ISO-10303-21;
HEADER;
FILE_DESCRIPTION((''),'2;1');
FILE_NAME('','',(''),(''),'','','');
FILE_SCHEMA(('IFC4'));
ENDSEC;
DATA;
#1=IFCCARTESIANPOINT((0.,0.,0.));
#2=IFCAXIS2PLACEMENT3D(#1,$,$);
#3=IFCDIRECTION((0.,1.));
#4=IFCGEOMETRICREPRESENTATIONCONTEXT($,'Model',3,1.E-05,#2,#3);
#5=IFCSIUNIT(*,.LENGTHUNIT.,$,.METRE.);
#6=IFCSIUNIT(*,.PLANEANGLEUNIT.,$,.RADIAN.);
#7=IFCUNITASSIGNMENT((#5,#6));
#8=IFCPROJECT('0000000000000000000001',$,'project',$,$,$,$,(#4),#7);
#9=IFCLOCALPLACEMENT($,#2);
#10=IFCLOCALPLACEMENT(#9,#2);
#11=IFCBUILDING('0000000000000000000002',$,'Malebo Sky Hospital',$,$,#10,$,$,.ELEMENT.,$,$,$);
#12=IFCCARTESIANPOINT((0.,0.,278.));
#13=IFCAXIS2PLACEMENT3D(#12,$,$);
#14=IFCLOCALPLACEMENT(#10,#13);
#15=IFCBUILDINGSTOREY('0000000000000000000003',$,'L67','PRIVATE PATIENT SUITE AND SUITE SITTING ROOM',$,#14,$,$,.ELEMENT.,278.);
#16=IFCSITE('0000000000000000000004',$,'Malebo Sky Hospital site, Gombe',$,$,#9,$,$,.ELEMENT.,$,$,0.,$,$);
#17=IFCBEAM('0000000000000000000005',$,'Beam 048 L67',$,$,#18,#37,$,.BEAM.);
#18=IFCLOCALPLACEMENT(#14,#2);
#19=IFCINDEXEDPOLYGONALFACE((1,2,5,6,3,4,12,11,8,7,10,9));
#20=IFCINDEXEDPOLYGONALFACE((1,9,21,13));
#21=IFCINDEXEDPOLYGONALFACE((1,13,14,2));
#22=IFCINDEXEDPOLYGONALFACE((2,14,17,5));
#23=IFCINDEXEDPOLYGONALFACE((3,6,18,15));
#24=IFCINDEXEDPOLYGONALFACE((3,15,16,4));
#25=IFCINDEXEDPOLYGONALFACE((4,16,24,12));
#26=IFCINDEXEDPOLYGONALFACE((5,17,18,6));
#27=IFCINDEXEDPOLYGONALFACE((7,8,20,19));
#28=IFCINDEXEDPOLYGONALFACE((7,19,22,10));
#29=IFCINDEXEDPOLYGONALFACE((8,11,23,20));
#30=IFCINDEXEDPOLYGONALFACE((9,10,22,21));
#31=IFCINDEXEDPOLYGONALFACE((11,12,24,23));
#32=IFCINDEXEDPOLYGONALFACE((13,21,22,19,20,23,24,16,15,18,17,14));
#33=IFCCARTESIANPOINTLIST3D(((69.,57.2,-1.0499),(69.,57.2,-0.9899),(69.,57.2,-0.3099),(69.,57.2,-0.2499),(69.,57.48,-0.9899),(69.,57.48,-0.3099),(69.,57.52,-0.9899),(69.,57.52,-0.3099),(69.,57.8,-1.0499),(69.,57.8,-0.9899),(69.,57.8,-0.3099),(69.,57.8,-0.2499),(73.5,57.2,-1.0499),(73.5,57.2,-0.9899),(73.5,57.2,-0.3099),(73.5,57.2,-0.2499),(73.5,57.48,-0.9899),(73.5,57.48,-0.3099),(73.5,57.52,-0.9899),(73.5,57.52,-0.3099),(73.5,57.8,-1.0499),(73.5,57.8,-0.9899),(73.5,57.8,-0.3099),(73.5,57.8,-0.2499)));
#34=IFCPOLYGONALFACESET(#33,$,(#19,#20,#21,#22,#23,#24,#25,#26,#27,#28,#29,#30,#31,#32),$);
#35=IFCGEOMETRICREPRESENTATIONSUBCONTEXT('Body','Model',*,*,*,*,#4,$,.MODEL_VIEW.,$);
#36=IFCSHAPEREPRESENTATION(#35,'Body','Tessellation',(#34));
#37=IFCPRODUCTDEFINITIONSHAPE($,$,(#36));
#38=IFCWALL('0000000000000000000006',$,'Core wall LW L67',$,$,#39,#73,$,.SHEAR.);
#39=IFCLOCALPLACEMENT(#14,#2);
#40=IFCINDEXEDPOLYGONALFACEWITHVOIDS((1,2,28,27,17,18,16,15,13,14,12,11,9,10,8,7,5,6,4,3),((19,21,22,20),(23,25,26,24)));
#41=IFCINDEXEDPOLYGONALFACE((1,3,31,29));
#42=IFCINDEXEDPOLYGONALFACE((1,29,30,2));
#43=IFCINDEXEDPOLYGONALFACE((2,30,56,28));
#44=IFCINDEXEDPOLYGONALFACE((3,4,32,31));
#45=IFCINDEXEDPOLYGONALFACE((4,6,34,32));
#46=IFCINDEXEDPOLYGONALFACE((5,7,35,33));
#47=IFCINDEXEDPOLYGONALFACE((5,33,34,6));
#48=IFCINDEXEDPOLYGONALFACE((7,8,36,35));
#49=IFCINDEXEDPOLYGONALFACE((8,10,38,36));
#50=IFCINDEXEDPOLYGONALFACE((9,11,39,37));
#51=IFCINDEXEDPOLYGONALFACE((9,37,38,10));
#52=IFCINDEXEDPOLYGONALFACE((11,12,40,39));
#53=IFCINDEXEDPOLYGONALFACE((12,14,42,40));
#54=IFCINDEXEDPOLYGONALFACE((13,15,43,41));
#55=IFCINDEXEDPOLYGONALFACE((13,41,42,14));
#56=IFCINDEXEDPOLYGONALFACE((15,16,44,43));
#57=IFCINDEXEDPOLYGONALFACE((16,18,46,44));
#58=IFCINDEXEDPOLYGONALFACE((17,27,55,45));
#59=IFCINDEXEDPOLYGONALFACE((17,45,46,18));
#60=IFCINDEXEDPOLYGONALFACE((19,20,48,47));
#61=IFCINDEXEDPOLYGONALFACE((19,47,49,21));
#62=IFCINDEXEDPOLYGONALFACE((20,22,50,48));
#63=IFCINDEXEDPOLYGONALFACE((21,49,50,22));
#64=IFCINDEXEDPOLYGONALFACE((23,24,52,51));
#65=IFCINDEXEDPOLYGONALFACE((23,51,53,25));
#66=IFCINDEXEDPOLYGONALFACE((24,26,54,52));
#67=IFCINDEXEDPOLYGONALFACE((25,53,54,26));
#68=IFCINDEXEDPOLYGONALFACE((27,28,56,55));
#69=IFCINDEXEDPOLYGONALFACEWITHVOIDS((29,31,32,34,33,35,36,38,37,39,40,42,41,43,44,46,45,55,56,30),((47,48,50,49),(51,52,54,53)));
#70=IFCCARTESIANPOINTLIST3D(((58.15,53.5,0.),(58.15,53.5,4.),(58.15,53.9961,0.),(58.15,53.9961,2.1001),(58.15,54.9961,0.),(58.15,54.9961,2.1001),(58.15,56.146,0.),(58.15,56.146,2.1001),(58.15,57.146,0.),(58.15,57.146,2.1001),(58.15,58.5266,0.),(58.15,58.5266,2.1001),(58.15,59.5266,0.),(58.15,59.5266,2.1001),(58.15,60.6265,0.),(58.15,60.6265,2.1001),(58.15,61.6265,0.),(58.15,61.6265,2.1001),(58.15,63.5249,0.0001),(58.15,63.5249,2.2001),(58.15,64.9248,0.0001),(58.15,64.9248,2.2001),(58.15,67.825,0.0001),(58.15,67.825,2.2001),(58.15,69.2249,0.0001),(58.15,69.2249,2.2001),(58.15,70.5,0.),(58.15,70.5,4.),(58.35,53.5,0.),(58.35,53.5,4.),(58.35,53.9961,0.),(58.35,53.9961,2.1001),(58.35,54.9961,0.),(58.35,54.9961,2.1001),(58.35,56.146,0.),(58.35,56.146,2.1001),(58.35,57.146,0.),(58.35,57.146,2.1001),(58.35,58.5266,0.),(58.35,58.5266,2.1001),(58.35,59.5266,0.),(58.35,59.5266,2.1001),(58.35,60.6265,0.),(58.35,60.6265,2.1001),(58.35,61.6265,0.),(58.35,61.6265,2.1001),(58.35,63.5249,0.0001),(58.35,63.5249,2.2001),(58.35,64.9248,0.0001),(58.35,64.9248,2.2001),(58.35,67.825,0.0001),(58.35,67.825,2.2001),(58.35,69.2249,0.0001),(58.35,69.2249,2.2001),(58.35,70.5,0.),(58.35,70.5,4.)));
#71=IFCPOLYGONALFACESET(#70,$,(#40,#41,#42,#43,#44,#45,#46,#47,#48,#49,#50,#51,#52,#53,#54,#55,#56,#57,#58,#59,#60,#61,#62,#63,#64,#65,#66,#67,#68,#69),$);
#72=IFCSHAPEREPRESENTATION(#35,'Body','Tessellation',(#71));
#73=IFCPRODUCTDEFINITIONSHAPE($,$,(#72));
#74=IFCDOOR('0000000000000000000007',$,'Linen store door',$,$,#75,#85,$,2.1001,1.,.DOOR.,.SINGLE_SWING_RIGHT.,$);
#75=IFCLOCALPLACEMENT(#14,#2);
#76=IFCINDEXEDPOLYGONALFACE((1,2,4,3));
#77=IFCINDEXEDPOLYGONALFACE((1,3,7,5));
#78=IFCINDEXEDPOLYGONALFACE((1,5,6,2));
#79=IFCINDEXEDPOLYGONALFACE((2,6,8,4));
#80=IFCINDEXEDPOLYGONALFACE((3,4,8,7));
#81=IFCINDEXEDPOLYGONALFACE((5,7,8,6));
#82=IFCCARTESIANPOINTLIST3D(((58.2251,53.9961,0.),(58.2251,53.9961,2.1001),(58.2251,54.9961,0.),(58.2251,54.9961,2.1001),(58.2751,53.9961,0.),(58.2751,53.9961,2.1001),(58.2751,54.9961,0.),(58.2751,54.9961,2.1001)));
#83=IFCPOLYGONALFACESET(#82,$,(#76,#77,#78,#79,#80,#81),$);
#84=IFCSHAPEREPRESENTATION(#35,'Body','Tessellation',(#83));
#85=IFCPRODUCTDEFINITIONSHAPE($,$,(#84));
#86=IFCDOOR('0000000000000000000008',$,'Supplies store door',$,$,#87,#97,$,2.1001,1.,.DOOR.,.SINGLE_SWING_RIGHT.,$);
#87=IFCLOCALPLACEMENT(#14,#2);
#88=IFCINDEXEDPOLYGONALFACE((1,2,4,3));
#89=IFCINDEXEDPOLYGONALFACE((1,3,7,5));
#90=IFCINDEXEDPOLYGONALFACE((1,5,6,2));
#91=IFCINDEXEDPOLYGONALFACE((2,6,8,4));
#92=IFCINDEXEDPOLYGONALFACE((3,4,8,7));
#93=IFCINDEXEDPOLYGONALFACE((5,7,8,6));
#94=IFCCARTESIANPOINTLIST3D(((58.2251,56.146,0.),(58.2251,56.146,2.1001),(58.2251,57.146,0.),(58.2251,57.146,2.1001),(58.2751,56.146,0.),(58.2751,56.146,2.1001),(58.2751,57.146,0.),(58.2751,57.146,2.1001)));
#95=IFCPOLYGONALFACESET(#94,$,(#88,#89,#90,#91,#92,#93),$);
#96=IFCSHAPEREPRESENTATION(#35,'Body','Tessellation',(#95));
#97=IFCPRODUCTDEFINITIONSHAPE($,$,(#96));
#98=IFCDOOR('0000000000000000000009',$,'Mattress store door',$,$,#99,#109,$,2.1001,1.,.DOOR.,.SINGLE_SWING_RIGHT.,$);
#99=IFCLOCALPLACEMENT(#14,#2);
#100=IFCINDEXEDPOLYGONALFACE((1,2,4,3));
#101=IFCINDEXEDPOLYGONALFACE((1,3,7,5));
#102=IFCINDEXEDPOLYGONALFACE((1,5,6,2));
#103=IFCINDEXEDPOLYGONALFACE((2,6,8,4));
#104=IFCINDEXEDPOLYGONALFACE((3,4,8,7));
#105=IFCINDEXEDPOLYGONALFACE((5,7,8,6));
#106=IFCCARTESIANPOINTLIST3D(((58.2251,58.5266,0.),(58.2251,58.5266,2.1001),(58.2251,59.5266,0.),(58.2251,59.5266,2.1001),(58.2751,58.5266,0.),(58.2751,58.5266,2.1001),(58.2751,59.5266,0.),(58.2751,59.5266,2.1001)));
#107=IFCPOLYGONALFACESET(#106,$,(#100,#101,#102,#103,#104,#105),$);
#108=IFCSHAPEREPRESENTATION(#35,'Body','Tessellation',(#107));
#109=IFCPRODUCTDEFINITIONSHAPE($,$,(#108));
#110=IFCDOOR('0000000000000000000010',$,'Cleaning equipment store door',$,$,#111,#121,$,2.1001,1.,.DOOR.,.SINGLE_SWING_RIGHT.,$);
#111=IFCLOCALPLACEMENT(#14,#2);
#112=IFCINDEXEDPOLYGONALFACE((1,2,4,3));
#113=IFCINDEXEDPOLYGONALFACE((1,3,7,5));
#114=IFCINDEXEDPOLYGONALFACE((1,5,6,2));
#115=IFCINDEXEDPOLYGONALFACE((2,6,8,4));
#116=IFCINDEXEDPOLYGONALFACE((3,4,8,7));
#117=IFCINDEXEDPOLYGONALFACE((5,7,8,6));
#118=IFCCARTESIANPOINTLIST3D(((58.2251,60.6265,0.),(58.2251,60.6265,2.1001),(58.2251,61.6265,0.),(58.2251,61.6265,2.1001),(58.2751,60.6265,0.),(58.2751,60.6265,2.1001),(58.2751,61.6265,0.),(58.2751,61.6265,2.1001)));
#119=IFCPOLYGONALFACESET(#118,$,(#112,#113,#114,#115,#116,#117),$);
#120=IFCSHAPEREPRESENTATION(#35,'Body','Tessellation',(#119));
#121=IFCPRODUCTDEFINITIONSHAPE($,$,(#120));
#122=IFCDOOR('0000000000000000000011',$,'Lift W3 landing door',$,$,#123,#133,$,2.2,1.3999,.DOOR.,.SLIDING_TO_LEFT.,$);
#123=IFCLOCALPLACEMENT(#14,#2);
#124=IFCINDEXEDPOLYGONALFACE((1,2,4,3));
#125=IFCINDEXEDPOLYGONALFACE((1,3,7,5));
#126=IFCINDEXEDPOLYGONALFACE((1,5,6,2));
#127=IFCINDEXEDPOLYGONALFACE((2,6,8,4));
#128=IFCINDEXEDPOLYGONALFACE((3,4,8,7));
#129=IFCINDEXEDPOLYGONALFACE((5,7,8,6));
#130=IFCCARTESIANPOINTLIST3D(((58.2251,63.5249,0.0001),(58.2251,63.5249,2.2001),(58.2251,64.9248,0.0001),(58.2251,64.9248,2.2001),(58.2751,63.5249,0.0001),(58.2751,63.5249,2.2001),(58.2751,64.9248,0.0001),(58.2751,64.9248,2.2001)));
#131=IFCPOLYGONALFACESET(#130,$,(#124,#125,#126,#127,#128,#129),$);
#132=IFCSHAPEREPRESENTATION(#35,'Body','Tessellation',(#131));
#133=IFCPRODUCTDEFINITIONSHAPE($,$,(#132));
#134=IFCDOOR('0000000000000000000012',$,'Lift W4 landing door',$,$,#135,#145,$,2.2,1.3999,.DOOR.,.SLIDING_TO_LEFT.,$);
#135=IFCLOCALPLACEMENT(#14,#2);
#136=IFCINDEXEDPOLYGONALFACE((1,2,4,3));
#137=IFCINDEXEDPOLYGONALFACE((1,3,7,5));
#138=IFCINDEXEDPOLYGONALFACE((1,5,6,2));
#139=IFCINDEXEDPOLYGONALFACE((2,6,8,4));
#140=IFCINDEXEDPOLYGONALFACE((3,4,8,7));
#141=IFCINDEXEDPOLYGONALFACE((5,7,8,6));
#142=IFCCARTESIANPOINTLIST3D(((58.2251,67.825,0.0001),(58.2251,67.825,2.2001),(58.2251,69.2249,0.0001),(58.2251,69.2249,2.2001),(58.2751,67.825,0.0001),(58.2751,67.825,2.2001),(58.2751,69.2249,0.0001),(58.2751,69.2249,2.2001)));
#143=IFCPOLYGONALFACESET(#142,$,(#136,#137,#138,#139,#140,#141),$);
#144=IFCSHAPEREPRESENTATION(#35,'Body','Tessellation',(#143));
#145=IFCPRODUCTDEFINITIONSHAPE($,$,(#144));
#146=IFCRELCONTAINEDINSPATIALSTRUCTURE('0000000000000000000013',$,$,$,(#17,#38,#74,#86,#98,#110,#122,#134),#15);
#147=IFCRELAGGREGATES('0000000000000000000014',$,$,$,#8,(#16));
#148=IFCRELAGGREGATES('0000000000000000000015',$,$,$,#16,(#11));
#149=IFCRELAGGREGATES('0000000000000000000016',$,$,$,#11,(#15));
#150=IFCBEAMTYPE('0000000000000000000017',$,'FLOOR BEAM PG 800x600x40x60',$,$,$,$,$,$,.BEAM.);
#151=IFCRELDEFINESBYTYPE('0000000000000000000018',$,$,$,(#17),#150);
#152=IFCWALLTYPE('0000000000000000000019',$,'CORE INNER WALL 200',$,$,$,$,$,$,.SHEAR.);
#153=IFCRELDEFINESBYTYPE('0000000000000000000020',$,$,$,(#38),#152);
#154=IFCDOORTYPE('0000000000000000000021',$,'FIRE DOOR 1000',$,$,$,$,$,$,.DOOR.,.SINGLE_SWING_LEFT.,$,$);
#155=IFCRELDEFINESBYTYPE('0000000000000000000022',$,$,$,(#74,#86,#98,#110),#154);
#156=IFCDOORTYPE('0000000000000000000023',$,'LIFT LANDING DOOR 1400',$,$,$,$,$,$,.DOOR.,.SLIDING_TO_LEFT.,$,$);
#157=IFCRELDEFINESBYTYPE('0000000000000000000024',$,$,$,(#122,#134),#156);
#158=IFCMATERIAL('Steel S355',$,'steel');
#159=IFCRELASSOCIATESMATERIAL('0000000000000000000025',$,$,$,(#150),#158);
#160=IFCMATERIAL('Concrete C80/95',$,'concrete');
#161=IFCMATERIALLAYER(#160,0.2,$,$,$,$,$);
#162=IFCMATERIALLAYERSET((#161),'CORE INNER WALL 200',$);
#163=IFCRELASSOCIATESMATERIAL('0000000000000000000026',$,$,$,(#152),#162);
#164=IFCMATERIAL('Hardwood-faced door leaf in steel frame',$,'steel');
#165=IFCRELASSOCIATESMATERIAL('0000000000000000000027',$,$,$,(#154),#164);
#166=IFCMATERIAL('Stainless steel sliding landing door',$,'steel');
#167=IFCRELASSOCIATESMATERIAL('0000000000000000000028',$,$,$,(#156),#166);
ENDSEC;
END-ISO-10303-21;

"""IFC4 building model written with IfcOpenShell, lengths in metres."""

from ifc_helpers import new_model, si_unit, direction, frame, frame_2d, origin, origin_2d, place, context, subcontext, project, spatial, rectangle, i_section, extrude, material, layer, layer_set, material_profile, profile_set, type_object, element, fill, save


model = new_model("IFC4")

# Units and contexts
model_context = context("Model", 3, precision=1e-05, world=origin(), true_north=direction((0.0, 1.0)))
body_context = subcontext(model_context, "Body", "Model", "MODEL_VIEW")
ifc_project = project(units=[si_unit("LENGTHUNIT", "METRE"), si_unit("PLANEANGLEUNIT", "RADIAN")], contexts=[model_context])

# Site, building, storey
site_placement = place(None, origin())
site = spatial("IfcSite", under=ifc_project, at=site_placement, Name="Malebo Sky Hospital site, Gombe", CompositionType="ELEMENT", RefElevation=0.0)
building_placement = place(site_placement, origin())
building = spatial("IfcBuilding", under=site, at=building_placement, Name="Malebo Sky Hospital", CompositionType="ELEMENT")
storey_placement = place(building_placement, frame((0.0, 0.0, 278.0)))
storey = spatial("IfcBuildingStorey", under=building, at=storey_placement, Name="L67", Description="PRIVATE PATIENT SUITE AND SUITE SITTING ROOM", CompositionType="ELEMENT", Elevation=278.0)

# Beam
ifc_material_1 = material(Name="Steel S355", Category="steel")
ifc_material_profile = material_profile(ifc_material_1, i_section(OverallWidth=0.6001, OverallDepth=0.8, WebThickness=0.04, FlangeThickness=0.0601, at=origin_2d()), Name="PG 800x600x40x60")
ifc_profile_set = profile_set([ifc_material_profile], Name="Steel S355")
beam_type = type_object("IfcBeamType", Name="FLOOR BEAM PG 800x600x40x60", PredefinedType="BEAM", material=ifc_profile_set)
beam_placement = place(storey_placement, frame((69.0, 57.5, -0.6499), z_axis=(1.0, 0.0, 0.0), x_axis=(0.0, 1.0, 0.0)))
element("IfcBeam", 1, at=beam_placement, inside=storey, type_object=beam_type, Name="Beam 048 L67", PredefinedType="BEAM", context=body_context, shape_type="SweptSolid", body=[
    extrude(i_section(OverallWidth=0.6001, OverallDepth=0.8, WebThickness=0.04, FlangeThickness=0.0601, at=origin_2d()), origin(), (0.0, 0.0, 1.0), 4.5),
])

# Wall, openings, doors
ifc_material_2 = material(Name="Concrete C80/95", Category="concrete")
ifc_layer_1 = layer(ifc_material_2, 0.2)
ifc_layer_set_1 = layer_set([ifc_layer_1], Name="CORE INNER WALL 200")
wall_type_1 = type_object("IfcWallType", Name="CORE INNER WALL 200", PredefinedType="SHEAR", material=ifc_layer_set_1)
wall_1_placement = place(storey_placement, frame((58.25, 53.5, 0.0), z_axis=(0.0, 0.0, 1.0), x_axis=(0.0, 1.0, 0.0)))
wall_1 = element("IfcWall", 2, at=wall_1_placement, inside=storey, type_object=wall_type_1, Name="Core wall LW L67", PredefinedType="SHEAR", context=body_context, shape_type="SweptSolid", body=[
    extrude(rectangle(XDim=17.0, YDim=0.2, at=frame_2d((8.5, 0.0))), origin(), (0.0, 0.0, 1.0), 4.0),
])
opening_1_placement = place(wall_1_placement, frame((0.4961, 0.0, 0.0)))
opening_1 = element("IfcOpeningElement", 3, at=opening_1_placement, cuts=wall_1, PredefinedType="OPENING", context=body_context, shape_type="SweptSolid", body=[
    extrude(rectangle(XDim=1.0, YDim=2.1001, at=frame_2d((0.5, 1.05))), frame((0.0, 0.1099, 0.0), z_axis=(0.0, -1.0, 0.0), x_axis=(1.0, 0.0, 0.0)), (0.0, 0.0, 1.0), 0.22),
])
opening_2_placement = place(wall_1_placement, frame((2.646, 0.0, 0.0)))
opening_2 = element("IfcOpeningElement", 4, at=opening_2_placement, cuts=wall_1, PredefinedType="OPENING", context=body_context, shape_type="SweptSolid", body=[
    extrude(rectangle(XDim=1.0, YDim=2.1001, at=frame_2d((0.5, 1.05))), frame((0.0, 0.1099, 0.0), z_axis=(0.0, -1.0, 0.0), x_axis=(1.0, 0.0, 0.0)), (0.0, 0.0, 1.0), 0.22),
])
opening_3_placement = place(wall_1_placement, frame((5.0266, 0.0, 0.0)))
opening_3 = element("IfcOpeningElement", 5, at=opening_3_placement, cuts=wall_1, PredefinedType="OPENING", context=body_context, shape_type="SweptSolid", body=[
    extrude(rectangle(XDim=1.0, YDim=2.1001, at=frame_2d((0.5, 1.05))), frame((0.0, 0.1099, 0.0), z_axis=(0.0, -1.0, 0.0), x_axis=(1.0, 0.0, 0.0)), (0.0, 0.0, 1.0), 0.22),
])
opening_4_placement = place(wall_1_placement, frame((7.1265, 0.0, 0.0)))
opening_4 = element("IfcOpeningElement", 6, at=opening_4_placement, cuts=wall_1, PredefinedType="OPENING", context=body_context, shape_type="SweptSolid", body=[
    extrude(rectangle(XDim=1.0, YDim=2.1001, at=frame_2d((0.5, 1.05))), frame((0.0, 0.1099, 0.0), z_axis=(0.0, -1.0, 0.0), x_axis=(1.0, 0.0, 0.0)), (0.0, 0.0, 1.0), 0.22),
])
opening_5_placement = place(wall_1_placement, frame((10.0249, 0.0, 0.0)))
opening_5 = element("IfcOpeningElement", 7, at=opening_5_placement, cuts=wall_1, PredefinedType="OPENING", context=body_context, shape_type="SweptSolid", body=[
    extrude(rectangle(XDim=1.3999, YDim=2.2, at=frame_2d((0.7, 1.1001))), frame((0.0, 0.1099, 0.0), z_axis=(0.0, -1.0, 0.0), x_axis=(1.0, 0.0, 0.0)), (0.0, 0.0, 1.0), 0.22),
])
opening_6_placement = place(wall_1_placement, frame((14.325, 0.0, 0.0)))
opening_6 = element("IfcOpeningElement", 8, at=opening_6_placement, cuts=wall_1, PredefinedType="OPENING", context=body_context, shape_type="SweptSolid", body=[
    extrude(rectangle(XDim=1.3999, YDim=2.2, at=frame_2d((0.7, 1.1001))), frame((0.0, 0.1099, 0.0), z_axis=(0.0, -1.0, 0.0), x_axis=(1.0, 0.0, 0.0)), (0.0, 0.0, 1.0), 0.22),
])
ifc_material_3 = material(Name="Hardwood-faced door leaf in steel frame", Category="steel")
door_type_1 = type_object("IfcDoorType", Name="FIRE DOOR 1000", OperationType="SINGLE_SWING_LEFT", PredefinedType="DOOR", material=ifc_material_3)
door_1_placement = place(opening_1_placement, origin())
door_1 = element("IfcDoor", 9, at=door_1_placement, inside=storey, type_object=door_type_1, Name="Linen store door", OperationType="SINGLE_SWING_RIGHT", OverallHeight=2.1001, OverallWidth=1.0, PredefinedType="DOOR", context=body_context, shape_type="SweptSolid", body=[
    extrude(rectangle(XDim=1.0, YDim=2.1001, at=frame_2d((0.5, 1.05))), frame((0.0, 0.0249, 0.0), z_axis=(0.0, -1.0, 0.0), x_axis=(1.0, 0.0, 0.0)), (0.0, 0.0, 1.0), 0.05),
])
fill(opening_1, door_1)
door_2_placement = place(opening_2_placement, origin())
door_2 = element("IfcDoor", 10, at=door_2_placement, inside=storey, type_object=door_type_1, Name="Supplies store door", OperationType="SINGLE_SWING_RIGHT", OverallHeight=2.1001, OverallWidth=1.0, PredefinedType="DOOR", context=body_context, shape_type="SweptSolid", body=[
    extrude(rectangle(XDim=1.0, YDim=2.1001, at=frame_2d((0.5, 1.05))), frame((0.0, 0.0249, 0.0), z_axis=(0.0, -1.0, 0.0), x_axis=(1.0, 0.0, 0.0)), (0.0, 0.0, 1.0), 0.05),
])
fill(opening_2, door_2)
door_3_placement = place(opening_3_placement, origin())
door_3 = element("IfcDoor", 11, at=door_3_placement, inside=storey, type_object=door_type_1, Name="Mattress store door", OperationType="SINGLE_SWING_RIGHT", OverallHeight=2.1001, OverallWidth=1.0, PredefinedType="DOOR", context=body_context, shape_type="SweptSolid", body=[
    extrude(rectangle(XDim=1.0, YDim=2.1001, at=frame_2d((0.5, 1.05))), frame((0.0, 0.0249, 0.0), z_axis=(0.0, -1.0, 0.0), x_axis=(1.0, 0.0, 0.0)), (0.0, 0.0, 1.0), 0.05),
])
fill(opening_3, door_3)
door_4_placement = place(opening_4_placement, origin())
door_4 = element("IfcDoor", 12, at=door_4_placement, inside=storey, type_object=door_type_1, Name="Cleaning equipment store door", OperationType="SINGLE_SWING_RIGHT", OverallHeight=2.1001, OverallWidth=1.0, PredefinedType="DOOR", context=body_context, shape_type="SweptSolid", body=[
    extrude(rectangle(XDim=1.0, YDim=2.1001, at=frame_2d((0.5, 1.05))), frame((0.0, 0.0249, 0.0), z_axis=(0.0, -1.0, 0.0), x_axis=(1.0, 0.0, 0.0)), (0.0, 0.0, 1.0), 0.05),
])
fill(opening_4, door_4)
ifc_material_4 = material(Name="Stainless steel sliding landing door", Category="steel")
door_type_2 = type_object("IfcDoorType", Name="LIFT LANDING DOOR 1400", OperationType="SLIDING_TO_LEFT", PredefinedType="DOOR", material=ifc_material_4)
door_5_placement = place(opening_5_placement, origin())
door_5 = element("IfcDoor", 13, at=door_5_placement, inside=storey, type_object=door_type_2, Name="Lift W3 landing door", OperationType="SLIDING_TO_LEFT", OverallHeight=2.2, OverallWidth=1.3999, PredefinedType="DOOR", context=body_context, shape_type="SweptSolid", body=[
    extrude(rectangle(XDim=1.3999, YDim=2.2, at=frame_2d((0.7, 1.1001))), frame((0.0, 0.0249, 0.0), z_axis=(0.0, -1.0, 0.0), x_axis=(1.0, 0.0, 0.0)), (0.0, 0.0, 1.0), 0.05),
])
fill(opening_5, door_5)
door_6_placement = place(opening_6_placement, origin())
door_6 = element("IfcDoor", 14, at=door_6_placement, inside=storey, type_object=door_type_2, Name="Lift W4 landing door", OperationType="SLIDING_TO_LEFT", OverallHeight=2.2, OverallWidth=1.3999, PredefinedType="DOOR", context=body_context, shape_type="SweptSolid", body=[
    extrude(rectangle(XDim=1.3999, YDim=2.2, at=frame_2d((0.7, 1.1001))), frame((0.0, 0.0249, 0.0), z_axis=(0.0, -1.0, 0.0), x_axis=(1.0, 0.0, 0.0)), (0.0, 0.0, 1.0), 0.05),
])
fill(opening_6, door_6)

save(model, "model.ifc")
